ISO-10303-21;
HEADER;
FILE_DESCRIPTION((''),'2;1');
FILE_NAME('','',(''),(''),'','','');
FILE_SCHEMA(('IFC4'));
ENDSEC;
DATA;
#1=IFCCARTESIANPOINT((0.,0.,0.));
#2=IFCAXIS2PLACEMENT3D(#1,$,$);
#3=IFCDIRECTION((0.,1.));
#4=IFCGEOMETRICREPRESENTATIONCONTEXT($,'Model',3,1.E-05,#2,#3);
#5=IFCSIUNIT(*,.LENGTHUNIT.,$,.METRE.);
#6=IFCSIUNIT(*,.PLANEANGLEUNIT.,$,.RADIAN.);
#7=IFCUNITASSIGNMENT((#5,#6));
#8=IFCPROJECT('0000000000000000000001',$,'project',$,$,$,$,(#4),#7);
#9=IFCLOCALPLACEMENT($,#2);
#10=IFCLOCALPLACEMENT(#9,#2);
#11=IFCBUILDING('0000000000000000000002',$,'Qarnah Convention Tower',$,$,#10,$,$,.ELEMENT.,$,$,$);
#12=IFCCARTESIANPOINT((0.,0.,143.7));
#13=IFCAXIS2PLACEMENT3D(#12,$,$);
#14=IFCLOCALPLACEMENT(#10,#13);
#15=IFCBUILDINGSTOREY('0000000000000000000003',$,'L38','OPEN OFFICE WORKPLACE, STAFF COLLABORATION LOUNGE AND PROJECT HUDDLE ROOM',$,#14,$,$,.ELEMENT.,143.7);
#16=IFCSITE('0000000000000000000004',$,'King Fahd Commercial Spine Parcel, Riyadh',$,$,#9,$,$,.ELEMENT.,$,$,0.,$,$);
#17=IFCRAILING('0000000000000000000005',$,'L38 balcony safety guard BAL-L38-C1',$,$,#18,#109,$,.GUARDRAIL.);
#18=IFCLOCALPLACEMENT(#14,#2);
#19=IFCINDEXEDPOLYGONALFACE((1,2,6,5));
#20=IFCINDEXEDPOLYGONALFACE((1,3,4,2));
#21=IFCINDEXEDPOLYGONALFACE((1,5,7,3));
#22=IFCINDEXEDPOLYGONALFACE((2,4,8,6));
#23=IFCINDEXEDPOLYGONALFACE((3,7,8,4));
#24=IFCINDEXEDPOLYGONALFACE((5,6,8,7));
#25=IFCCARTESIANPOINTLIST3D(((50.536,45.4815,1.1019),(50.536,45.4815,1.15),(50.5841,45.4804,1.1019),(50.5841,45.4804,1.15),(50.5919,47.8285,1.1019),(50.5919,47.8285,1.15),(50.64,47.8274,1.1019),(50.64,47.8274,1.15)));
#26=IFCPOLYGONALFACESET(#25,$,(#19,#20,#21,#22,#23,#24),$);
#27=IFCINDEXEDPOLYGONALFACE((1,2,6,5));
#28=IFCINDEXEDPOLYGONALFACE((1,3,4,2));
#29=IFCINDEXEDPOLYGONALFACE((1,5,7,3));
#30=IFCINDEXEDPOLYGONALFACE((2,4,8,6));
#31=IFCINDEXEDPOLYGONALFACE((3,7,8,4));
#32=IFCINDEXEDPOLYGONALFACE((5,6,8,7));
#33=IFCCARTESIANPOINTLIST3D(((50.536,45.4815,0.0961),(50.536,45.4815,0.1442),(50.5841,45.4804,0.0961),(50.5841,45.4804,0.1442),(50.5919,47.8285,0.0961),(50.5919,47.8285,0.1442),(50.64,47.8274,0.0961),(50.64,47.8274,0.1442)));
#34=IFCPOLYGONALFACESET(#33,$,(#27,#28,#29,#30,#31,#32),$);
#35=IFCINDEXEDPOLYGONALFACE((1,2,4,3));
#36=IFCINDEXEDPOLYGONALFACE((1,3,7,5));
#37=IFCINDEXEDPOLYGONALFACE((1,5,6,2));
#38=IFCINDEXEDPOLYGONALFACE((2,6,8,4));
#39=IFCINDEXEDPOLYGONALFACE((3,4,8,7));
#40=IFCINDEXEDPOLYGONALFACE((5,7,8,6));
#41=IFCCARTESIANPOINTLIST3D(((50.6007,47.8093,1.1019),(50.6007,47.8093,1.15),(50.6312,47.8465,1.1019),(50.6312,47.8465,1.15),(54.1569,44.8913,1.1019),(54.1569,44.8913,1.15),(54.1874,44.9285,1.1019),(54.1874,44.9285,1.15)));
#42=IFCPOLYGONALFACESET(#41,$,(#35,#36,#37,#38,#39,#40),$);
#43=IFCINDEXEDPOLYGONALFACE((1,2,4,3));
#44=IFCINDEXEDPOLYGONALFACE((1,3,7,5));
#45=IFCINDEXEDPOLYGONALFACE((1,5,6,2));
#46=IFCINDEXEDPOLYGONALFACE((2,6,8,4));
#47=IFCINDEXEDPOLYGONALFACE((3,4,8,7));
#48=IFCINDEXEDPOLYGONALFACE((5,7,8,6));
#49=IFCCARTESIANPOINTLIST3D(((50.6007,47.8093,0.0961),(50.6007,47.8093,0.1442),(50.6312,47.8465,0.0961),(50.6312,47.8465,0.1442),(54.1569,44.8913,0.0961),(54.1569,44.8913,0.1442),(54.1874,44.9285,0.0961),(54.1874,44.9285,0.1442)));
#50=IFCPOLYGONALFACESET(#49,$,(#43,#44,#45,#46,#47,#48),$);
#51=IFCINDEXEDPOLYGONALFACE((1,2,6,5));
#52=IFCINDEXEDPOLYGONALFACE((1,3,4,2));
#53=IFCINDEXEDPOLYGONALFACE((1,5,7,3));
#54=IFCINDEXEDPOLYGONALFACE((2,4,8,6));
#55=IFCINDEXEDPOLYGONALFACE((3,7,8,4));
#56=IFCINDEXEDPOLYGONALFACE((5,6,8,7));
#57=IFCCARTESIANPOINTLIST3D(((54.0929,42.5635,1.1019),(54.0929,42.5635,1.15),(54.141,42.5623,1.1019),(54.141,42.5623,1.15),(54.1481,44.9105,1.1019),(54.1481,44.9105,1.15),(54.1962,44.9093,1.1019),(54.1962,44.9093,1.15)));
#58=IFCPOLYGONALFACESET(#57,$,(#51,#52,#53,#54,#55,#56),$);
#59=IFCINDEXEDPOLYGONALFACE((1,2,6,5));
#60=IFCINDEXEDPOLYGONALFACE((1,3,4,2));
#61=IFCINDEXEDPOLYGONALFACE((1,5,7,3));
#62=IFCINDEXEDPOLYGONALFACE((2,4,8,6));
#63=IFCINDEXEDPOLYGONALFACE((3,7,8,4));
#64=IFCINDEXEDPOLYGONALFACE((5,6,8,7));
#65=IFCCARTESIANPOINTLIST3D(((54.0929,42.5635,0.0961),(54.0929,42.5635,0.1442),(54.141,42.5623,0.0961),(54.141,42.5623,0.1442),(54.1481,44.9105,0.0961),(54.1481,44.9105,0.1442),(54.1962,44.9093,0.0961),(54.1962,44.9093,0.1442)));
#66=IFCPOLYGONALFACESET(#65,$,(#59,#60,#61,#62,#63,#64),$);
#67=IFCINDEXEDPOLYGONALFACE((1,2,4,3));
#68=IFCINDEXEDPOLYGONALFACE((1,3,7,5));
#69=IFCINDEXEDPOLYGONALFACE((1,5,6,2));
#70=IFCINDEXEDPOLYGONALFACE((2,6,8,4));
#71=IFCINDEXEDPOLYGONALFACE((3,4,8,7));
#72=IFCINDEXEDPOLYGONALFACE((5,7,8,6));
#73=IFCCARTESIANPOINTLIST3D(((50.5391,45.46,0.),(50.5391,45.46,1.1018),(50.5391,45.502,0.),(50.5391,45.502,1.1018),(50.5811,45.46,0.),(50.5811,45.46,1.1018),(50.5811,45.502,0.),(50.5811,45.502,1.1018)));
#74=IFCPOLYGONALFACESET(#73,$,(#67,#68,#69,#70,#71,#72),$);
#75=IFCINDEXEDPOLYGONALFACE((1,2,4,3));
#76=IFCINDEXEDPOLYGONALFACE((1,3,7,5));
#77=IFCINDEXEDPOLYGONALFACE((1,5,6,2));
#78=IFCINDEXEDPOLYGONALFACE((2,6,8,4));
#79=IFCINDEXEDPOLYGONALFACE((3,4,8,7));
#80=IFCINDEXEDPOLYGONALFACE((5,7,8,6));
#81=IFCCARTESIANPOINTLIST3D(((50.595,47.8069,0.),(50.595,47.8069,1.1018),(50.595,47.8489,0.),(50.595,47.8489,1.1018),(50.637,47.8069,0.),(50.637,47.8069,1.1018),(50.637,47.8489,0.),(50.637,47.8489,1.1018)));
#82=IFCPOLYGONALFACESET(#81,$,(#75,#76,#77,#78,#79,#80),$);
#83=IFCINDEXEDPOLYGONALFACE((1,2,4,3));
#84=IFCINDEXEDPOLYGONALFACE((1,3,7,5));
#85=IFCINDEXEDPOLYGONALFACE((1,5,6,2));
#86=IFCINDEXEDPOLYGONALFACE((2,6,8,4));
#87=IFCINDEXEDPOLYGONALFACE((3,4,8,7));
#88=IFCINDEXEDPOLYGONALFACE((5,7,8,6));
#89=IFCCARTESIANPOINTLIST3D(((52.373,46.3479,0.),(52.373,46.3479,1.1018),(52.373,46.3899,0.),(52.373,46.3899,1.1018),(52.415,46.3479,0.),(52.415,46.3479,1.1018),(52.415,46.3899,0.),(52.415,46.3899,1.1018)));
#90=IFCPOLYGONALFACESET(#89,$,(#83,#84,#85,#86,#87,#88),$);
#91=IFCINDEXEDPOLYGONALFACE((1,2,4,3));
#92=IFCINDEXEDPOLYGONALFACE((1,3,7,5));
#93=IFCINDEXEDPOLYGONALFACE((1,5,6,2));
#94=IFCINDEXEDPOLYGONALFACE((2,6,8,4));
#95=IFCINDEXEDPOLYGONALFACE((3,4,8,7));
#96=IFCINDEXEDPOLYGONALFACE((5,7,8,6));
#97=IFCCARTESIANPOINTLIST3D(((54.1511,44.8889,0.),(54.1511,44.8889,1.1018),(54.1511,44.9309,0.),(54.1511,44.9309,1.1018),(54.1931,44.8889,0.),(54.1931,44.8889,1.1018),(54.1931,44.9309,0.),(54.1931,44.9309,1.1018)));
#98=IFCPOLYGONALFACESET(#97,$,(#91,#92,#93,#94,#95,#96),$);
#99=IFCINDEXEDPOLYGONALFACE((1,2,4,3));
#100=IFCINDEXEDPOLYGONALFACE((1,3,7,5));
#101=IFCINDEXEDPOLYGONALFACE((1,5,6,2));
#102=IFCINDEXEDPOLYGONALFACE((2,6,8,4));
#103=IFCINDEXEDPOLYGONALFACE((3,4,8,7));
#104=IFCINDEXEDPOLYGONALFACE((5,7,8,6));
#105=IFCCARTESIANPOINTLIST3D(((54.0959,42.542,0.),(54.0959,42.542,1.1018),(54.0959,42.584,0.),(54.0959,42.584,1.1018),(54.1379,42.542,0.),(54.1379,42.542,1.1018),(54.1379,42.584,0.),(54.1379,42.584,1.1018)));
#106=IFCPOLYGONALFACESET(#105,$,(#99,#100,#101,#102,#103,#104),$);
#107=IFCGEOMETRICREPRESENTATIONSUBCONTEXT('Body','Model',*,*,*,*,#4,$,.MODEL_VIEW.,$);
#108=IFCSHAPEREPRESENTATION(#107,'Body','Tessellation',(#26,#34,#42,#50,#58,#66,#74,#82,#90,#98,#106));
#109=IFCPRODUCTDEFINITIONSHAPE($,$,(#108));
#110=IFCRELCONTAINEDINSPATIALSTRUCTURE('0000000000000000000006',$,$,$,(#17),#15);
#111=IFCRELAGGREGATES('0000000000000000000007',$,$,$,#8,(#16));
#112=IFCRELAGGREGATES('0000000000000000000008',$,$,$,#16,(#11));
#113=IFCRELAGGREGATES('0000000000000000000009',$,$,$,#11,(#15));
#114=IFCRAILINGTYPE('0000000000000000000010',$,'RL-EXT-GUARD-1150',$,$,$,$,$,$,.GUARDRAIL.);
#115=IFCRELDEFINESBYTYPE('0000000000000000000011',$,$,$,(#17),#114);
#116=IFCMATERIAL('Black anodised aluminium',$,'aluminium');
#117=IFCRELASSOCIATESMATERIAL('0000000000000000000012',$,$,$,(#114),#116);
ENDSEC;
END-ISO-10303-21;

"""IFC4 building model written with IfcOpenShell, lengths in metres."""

from ifc_helpers import new_model, si_unit, direction, frame, origin, origin_2d, place, context, subcontext, project, spatial, rectangle, extrude, material, type_object, element, save


model = new_model("IFC4")

# Units and contexts
model_context = context("Model", 3, precision=1e-05, world=origin(), true_north=direction((0.0, 1.0)))
body_context = subcontext(model_context, "Body", "Model", "MODEL_VIEW")
ifc_project = project(units=[si_unit("LENGTHUNIT", "METRE"), si_unit("PLANEANGLEUNIT", "RADIAN")], contexts=[model_context])

# Site, building, storey
site_placement = place(None, origin())
site = spatial("IfcSite", under=ifc_project, at=site_placement, Name="King Fahd Commercial Spine Parcel, Riyadh", CompositionType="ELEMENT", RefElevation=0.0)
building_placement = place(site_placement, origin())
building = spatial("IfcBuilding", under=site, at=building_placement, Name="Qarnah Convention Tower", CompositionType="ELEMENT")
storey_placement = place(building_placement, frame((0.0, 0.0, 143.7)))
storey = spatial("IfcBuildingStorey", under=building, at=storey_placement, Name="L38", Description="OPEN OFFICE WORKPLACE, STAFF COLLABORATION LOUNGE AND PROJECT HUDDLE ROOM", CompositionType="ELEMENT", Elevation=143.7)

# Shared definitions
ifc_material_1 = material(Name="Black anodised aluminium", Category="aluminium")

# Railing
railing_type = type_object("IfcRailingType", Name="RL-EXT-GUARD-1150", PredefinedType="GUARDRAIL", material=ifc_material_1)
railing_1_placement = place(storey_placement, frame((50.5601, 45.481, 0.0)))
element("IfcRailing", 1, at=railing_1_placement, inside=storey, type_object=railing_type, Name="L38 balcony safety guard BAL-L38-C1", PredefinedType="GUARDRAIL", context=body_context, shape_type="SweptSolid", body=[
    extrude(rectangle(XDim=0.0481, YDim=0.0481, at=origin_2d()), frame((0.0, 0.0, 1.126), z_axis=(0.023815, 0.999716, 0.0), x_axis=(-0.999716, 0.023815, 0.0)), (0.0, 0.0, 1.0), 2.3477),
    extrude(rectangle(XDim=0.0481, YDim=0.0481, at=origin_2d()), frame((0.0, 0.0, 0.1201), z_axis=(0.023815, 0.999716, 0.0), x_axis=(-0.999716, 0.023815, 0.0)), (0.0, 0.0, 1.0), 2.3477),
    extrude(rectangle(XDim=0.0481, YDim=0.0481, at=origin_2d()), frame((0.0559, 2.3469, 1.126), z_axis=(0.773063, -0.63433, 0.0), x_axis=(0.63433, 0.773063, 0.0)), (0.0, 0.0, 1.0), 4.6001),
    extrude(rectangle(XDim=0.0481, YDim=0.0481, at=origin_2d()), frame((0.0559, 2.3469, 0.1201), z_axis=(0.773063, -0.63433, 0.0), x_axis=(0.63433, 0.773063, 0.0)), (0.0, 0.0, 1.0), 4.6001),
    extrude(rectangle(XDim=0.0481, YDim=0.0481, at=origin_2d()), frame((3.6121, -0.571, 1.126), z_axis=(-0.023503, -0.999724, 0.0), x_axis=(0.999724, -0.023503, 0.0)), (0.0, 0.0, 1.0), 2.3477),
    extrude(rectangle(XDim=0.0481, YDim=0.0481, at=origin_2d()), frame((3.6121, -0.571, 0.1201), z_axis=(-0.023503, -0.999724, 0.0), x_axis=(0.999724, -0.023503, 0.0)), (0.0, 0.0, 1.0), 2.3477),
    extrude(rectangle(XDim=0.042, YDim=0.042, at=origin_2d()), origin(), (0.0, 0.0, 1.0), 1.1018),
    extrude(rectangle(XDim=0.042, YDim=0.042, at=origin_2d()), frame((0.0559, 2.3469, 0.0)), (0.0, 0.0, 1.0), 1.1018),
    extrude(rectangle(XDim=0.042, YDim=0.042, at=origin_2d()), frame((1.834, 0.8879, 0.0)), (0.0, 0.0, 1.0), 1.1018),
    extrude(rectangle(XDim=0.042, YDim=0.042, at=origin_2d()), frame((3.6121, -0.571, 0.0)), (0.0, 0.0, 1.0), 1.1018),
    extrude(rectangle(XDim=0.042, YDim=0.042, at=origin_2d()), frame((3.5569, -2.918, 0.0)), (0.0, 0.0, 1.0), 1.1018),
])

save(model, "model.ifc")
